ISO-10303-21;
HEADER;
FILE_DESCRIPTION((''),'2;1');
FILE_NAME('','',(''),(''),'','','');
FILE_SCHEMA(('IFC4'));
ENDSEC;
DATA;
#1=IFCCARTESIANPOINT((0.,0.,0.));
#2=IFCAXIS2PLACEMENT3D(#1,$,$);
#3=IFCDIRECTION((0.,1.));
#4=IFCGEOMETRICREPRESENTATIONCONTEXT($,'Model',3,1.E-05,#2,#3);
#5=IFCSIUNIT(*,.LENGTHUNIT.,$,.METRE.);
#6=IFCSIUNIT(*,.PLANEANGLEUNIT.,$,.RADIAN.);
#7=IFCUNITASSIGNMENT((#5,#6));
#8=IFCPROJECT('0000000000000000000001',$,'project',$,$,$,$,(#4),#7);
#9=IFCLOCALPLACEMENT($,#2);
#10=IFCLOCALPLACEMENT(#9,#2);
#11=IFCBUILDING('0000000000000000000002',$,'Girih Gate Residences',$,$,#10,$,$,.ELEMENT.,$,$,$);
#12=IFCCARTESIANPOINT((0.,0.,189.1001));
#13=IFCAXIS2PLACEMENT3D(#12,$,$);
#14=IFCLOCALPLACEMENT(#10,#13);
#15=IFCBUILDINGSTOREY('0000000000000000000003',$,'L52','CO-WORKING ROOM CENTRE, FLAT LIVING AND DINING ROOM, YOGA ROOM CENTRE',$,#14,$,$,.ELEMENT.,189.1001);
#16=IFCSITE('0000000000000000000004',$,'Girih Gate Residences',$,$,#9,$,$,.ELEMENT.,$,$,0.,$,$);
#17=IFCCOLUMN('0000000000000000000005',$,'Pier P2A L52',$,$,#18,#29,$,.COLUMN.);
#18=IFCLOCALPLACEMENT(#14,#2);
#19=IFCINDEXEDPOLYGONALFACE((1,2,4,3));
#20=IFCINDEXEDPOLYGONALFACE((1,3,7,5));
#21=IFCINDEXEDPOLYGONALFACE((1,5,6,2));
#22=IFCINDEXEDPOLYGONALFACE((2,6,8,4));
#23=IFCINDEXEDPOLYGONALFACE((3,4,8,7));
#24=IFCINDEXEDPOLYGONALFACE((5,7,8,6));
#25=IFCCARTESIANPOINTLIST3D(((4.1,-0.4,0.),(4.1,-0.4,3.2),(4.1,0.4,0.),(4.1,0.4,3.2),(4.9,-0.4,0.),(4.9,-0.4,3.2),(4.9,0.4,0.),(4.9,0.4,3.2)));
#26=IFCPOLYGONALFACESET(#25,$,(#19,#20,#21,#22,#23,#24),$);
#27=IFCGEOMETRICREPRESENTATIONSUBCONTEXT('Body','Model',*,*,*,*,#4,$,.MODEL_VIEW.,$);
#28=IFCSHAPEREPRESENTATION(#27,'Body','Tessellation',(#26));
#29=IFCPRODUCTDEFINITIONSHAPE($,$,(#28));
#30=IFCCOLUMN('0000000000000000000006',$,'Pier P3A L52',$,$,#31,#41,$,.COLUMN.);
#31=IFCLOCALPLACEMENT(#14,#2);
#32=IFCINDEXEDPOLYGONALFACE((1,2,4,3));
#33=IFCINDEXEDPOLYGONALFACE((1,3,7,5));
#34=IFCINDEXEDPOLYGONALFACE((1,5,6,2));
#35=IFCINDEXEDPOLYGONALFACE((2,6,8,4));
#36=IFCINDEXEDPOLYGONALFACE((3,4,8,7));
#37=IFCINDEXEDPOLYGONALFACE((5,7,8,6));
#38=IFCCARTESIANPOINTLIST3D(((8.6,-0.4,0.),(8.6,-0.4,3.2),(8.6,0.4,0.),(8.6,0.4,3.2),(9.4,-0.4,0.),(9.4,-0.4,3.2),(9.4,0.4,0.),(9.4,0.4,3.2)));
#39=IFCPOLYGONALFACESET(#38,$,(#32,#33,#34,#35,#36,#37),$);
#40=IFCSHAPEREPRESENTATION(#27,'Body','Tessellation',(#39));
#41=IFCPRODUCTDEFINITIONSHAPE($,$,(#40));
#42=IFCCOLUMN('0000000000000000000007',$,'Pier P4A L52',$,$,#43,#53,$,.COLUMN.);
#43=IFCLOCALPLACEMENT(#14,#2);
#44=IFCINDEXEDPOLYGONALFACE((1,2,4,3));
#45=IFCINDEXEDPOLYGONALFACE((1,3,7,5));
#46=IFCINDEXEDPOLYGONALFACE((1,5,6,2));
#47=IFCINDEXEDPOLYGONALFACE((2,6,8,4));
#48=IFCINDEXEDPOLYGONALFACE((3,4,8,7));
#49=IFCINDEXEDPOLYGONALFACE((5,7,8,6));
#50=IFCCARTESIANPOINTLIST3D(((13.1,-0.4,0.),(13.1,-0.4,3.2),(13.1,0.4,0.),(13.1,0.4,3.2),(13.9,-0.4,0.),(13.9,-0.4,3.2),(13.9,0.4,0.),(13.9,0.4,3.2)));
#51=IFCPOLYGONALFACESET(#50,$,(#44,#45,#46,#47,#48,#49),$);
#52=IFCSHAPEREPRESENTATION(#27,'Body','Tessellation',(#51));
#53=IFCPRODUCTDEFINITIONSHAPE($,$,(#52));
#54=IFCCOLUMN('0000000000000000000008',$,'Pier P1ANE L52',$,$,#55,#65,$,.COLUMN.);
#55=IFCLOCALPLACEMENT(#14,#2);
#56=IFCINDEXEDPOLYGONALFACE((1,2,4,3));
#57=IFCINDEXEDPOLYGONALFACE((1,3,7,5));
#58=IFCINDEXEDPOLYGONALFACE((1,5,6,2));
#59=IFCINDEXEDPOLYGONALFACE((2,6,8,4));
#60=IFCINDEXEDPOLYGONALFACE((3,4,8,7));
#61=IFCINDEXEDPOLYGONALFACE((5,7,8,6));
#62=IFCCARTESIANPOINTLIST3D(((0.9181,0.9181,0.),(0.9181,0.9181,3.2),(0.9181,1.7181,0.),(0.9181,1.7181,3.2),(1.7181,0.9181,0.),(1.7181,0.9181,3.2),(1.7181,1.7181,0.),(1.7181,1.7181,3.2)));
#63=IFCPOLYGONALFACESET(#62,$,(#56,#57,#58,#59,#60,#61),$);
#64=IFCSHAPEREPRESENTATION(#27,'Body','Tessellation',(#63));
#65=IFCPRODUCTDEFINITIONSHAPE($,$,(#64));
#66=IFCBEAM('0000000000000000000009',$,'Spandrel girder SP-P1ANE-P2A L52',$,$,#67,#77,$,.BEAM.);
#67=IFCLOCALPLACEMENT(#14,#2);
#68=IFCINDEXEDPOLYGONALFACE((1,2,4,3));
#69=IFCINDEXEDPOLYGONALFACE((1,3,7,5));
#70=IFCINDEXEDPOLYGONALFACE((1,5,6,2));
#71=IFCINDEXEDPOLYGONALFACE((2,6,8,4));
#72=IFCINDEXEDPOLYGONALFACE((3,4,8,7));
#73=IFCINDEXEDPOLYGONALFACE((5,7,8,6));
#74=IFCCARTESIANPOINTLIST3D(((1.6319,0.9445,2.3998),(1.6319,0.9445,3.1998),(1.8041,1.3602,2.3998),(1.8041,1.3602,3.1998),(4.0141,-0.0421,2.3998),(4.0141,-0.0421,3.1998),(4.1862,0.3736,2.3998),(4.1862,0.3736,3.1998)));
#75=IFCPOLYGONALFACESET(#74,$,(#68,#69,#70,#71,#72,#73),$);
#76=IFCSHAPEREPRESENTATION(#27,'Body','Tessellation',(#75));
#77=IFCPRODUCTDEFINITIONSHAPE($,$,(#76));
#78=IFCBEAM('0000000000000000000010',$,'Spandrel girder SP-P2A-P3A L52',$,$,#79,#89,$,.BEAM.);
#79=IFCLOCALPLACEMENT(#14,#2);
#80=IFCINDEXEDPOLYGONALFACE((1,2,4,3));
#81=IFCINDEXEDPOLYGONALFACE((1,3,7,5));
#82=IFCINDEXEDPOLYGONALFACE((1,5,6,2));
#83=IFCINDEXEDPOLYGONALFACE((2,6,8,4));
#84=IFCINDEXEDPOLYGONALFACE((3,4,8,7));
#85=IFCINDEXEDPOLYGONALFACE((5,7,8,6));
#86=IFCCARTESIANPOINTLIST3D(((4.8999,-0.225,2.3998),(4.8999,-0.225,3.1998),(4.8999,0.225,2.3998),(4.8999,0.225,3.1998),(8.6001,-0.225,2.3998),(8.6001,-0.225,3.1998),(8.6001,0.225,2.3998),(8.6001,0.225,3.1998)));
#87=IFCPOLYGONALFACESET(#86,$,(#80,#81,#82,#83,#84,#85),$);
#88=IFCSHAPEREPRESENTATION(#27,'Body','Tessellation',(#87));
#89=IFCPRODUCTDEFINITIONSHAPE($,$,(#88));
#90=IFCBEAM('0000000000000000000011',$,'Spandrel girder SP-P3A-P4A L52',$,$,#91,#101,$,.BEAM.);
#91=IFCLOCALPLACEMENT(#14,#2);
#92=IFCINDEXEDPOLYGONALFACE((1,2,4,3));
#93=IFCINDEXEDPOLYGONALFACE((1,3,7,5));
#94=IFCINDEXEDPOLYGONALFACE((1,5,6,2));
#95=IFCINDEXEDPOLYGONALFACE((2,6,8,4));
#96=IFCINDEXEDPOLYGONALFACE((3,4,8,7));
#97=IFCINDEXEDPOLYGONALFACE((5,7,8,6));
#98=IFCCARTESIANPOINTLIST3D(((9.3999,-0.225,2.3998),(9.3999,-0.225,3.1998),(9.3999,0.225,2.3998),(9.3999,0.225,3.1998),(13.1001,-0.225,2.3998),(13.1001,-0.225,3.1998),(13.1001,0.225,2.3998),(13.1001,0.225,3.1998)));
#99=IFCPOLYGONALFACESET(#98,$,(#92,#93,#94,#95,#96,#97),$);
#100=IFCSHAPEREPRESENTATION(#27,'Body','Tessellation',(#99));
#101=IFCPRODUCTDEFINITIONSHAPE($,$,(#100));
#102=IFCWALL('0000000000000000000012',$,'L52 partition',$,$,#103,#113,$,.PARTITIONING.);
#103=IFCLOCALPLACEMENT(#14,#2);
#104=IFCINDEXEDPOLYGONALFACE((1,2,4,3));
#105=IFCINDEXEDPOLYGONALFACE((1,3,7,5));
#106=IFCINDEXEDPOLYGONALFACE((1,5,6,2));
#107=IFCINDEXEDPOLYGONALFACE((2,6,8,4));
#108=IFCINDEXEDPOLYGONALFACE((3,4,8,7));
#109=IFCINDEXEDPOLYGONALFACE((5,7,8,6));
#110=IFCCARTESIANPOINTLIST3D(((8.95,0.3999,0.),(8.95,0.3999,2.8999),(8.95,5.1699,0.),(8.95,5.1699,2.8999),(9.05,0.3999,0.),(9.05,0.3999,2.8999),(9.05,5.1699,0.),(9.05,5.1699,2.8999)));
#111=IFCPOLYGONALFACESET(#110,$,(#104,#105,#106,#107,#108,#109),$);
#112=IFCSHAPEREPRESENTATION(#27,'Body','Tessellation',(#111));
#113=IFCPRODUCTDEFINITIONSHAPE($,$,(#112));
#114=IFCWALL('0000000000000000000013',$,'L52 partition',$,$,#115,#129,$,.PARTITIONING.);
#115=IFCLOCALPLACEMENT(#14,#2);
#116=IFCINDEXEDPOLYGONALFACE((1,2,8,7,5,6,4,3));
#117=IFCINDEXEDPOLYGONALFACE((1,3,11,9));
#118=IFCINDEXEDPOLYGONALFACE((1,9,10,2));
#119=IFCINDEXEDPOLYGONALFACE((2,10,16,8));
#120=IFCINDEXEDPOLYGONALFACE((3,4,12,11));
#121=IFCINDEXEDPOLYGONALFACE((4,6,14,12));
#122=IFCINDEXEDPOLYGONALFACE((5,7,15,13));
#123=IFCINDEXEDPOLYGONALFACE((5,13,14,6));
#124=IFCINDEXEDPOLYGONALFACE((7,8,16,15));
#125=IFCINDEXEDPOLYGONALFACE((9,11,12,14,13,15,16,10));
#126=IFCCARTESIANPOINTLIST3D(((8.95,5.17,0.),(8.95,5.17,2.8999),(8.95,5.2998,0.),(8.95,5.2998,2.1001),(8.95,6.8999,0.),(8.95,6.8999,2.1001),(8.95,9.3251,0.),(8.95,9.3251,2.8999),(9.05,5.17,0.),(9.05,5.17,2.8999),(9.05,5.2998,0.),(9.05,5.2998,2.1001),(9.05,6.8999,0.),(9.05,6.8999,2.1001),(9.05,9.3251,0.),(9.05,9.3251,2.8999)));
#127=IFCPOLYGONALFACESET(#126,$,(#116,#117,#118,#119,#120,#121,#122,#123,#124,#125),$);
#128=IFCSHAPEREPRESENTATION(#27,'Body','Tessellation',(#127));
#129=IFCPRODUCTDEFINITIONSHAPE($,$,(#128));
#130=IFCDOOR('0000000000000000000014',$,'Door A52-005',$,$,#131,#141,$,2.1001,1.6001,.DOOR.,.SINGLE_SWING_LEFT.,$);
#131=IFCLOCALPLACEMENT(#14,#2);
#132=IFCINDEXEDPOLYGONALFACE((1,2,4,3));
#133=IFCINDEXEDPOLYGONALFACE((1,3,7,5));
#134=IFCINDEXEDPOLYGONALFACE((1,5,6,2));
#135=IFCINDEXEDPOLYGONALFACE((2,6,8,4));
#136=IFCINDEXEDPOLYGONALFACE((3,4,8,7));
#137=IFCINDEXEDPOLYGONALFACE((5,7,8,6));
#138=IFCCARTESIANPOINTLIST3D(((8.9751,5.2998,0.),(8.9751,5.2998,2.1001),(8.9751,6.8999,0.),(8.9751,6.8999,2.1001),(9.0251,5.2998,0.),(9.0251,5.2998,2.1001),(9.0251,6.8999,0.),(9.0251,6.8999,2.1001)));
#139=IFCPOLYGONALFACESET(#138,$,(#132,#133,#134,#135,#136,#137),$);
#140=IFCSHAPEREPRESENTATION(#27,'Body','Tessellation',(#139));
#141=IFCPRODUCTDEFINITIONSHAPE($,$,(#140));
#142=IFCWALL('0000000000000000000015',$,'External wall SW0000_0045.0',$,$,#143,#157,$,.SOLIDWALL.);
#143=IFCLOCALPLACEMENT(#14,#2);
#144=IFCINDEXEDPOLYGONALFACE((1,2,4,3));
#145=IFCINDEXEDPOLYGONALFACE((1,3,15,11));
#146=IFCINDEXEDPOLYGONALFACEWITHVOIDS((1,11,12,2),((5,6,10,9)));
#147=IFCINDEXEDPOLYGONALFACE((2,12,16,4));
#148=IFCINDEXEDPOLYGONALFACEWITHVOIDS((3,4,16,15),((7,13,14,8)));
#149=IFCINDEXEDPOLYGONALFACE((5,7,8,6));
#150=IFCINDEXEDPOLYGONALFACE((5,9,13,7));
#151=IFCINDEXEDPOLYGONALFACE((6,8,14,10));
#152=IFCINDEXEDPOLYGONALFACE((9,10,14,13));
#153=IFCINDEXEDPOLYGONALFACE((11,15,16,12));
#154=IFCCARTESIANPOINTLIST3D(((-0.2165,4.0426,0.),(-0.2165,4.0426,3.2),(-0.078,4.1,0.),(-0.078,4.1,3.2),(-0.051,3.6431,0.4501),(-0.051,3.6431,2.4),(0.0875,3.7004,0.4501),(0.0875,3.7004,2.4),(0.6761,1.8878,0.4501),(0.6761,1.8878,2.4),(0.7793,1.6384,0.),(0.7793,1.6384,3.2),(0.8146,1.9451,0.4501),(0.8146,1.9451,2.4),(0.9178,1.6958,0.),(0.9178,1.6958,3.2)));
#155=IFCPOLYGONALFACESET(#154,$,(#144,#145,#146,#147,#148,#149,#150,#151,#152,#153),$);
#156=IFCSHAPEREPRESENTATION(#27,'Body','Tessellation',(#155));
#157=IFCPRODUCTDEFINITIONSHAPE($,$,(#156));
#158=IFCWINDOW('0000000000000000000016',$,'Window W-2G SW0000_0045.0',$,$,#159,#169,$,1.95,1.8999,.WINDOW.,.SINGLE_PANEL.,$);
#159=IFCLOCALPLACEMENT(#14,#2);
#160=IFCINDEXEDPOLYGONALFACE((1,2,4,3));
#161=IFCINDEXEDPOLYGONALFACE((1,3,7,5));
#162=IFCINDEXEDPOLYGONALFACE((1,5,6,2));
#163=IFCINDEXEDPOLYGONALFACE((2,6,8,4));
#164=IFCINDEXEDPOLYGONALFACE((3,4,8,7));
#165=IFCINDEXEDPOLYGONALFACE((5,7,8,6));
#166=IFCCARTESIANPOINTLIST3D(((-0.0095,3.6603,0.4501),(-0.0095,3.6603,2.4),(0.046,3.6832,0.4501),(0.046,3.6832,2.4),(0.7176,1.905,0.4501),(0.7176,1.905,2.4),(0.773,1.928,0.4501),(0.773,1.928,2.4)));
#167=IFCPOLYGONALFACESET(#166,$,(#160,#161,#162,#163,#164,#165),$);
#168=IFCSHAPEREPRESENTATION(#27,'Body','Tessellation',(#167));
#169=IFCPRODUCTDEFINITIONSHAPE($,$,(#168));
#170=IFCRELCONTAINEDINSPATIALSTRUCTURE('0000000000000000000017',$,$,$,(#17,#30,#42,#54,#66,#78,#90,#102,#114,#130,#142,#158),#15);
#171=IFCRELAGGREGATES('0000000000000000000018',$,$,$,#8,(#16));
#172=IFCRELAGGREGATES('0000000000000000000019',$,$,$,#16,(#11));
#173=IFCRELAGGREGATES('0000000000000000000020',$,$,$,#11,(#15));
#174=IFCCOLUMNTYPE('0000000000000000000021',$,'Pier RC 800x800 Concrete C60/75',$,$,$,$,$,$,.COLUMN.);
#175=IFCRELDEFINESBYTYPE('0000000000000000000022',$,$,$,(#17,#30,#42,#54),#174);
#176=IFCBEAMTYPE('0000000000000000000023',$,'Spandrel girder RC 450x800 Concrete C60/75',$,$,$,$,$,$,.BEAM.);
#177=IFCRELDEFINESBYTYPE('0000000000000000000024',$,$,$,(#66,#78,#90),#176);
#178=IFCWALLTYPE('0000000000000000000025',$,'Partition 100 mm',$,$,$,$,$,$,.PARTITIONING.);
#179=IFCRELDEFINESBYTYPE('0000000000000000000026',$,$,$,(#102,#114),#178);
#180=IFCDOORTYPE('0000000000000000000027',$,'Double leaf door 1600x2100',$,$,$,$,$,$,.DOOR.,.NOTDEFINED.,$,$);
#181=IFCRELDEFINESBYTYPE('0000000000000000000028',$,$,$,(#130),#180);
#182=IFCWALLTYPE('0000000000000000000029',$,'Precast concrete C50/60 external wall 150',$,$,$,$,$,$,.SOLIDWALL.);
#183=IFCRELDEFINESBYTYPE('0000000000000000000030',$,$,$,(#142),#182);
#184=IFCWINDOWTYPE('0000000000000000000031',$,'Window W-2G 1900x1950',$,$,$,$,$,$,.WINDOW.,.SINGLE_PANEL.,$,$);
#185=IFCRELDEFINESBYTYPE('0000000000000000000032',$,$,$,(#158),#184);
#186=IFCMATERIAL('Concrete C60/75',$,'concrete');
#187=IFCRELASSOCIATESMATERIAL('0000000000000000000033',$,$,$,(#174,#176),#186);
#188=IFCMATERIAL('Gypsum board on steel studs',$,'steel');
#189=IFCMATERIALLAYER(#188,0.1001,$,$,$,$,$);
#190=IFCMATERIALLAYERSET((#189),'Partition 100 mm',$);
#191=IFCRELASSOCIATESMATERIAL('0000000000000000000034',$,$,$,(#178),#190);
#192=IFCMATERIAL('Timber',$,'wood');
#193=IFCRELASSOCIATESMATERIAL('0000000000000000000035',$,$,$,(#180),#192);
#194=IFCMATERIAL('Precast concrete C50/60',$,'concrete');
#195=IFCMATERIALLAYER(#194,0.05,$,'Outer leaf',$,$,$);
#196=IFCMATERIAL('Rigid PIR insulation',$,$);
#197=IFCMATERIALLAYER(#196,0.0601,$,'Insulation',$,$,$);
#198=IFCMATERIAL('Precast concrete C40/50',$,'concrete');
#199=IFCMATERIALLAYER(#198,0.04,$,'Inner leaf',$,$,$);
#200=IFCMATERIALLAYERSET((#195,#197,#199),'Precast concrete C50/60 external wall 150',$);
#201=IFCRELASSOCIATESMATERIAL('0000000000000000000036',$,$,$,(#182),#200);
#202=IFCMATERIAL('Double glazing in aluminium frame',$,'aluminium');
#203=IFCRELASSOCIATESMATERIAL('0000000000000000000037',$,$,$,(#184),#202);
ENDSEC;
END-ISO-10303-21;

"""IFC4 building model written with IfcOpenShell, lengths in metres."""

from ifc_helpers import new_model, si_unit, direction, frame, frame_2d, origin, origin_2d, place, context, subcontext, project, spatial, rectangle, extrude, material, layer, layer_set, material_profile, profile_set, type_object, element, fill, save


model = new_model("IFC4")

# Units and contexts
model_context = context("Model", 3, precision=1e-05, world=origin(), true_north=direction((0.0, 1.0)))
body_context = subcontext(model_context, "Body", "Model", "MODEL_VIEW")
ifc_project = project(units=[si_unit("LENGTHUNIT", "METRE"), si_unit("PLANEANGLEUNIT", "RADIAN")], contexts=[model_context])

# Site, building, storey
site_placement = place(None, origin())
site = spatial("IfcSite", under=ifc_project, at=site_placement, Name="Girih Gate Residences", CompositionType="ELEMENT", RefElevation=0.0)
building_placement = place(site_placement, origin())
building = spatial("IfcBuilding", under=site, at=building_placement, Name="Girih Gate Residences", CompositionType="ELEMENT")
storey_placement = place(building_placement, frame((0.0, 0.0, 189.1001)))
storey = spatial("IfcBuildingStorey", under=building, at=storey_placement, Name="L52", Description="CO-WORKING ROOM CENTRE, FLAT LIVING AND DINING ROOM, YOGA ROOM CENTRE", CompositionType="ELEMENT", Elevation=189.1001)

# Columns
ifc_material_1 = material(Name="Concrete C60/75", Category="concrete")
ifc_material_profile_1 = material_profile(ifc_material_1, rectangle(XDim=0.8, YDim=0.8, at=origin_2d()))
ifc_profile_set_1 = profile_set([ifc_material_profile_1], Name="Concrete C60/75")
column_type = type_object("IfcColumnType", Name="Pier RC 800x800 Concrete C60/75", PredefinedType="COLUMN", material=ifc_profile_set_1)
for number, where, z_axis, x_axis, name in (
    (1, (4.5, 0.0, 0.0), (0.0, 0.0, 1.0), (1.0, 0.0, 0.0), "Pier P2A L52"),
    (2, (9.0, 0.0, 0.0), (0.0, 0.0, 1.0), (1.0, 0.0, 0.0), "Pier P3A L52"),
    (3, (13.5, 0.0, 0.0), (0.0, 0.0, 1.0), (1.0, 0.0, 0.0), "Pier P4A L52"),
    (4, (1.3181, 1.3181, 0.0), (0.0, 0.0, 1.0), (1.0, 0.0, 0.0), "Pier P1ANE L52"),
):
    element("IfcColumn", number, at=place(storey_placement, frame(where, z_axis=z_axis, x_axis=x_axis)), inside=storey, type_object=column_type, Name=name, PredefinedType="COLUMN", context=body_context, shape_type="SweptSolid", body=[
        extrude(rectangle(XDim=0.8, YDim=0.8, at=origin_2d()), origin(), (0.0, 0.0, 1.0), 3.2),
    ])

# Beams
ifc_material_profile_2 = material_profile(ifc_material_1, rectangle(XDim=0.45, YDim=0.8, at=origin_2d()))
ifc_profile_set_2 = profile_set([ifc_material_profile_2], Name="Concrete C60/75")
beam_type = type_object("IfcBeamType", Name="Spandrel girder RC 450x800 Concrete C60/75", PredefinedType="BEAM", material=ifc_profile_set_2)
beam_placement = place(storey_placement, frame((1.718, 1.1523, 2.7998), z_axis=(0.923896, -0.382644, 0.0), x_axis=(0.382644, 0.923896, 0.0)))
element("IfcBeam", 5, at=beam_placement, inside=storey, type_object=beam_type, Name="Spandrel girder SP-P1ANE-P2A L52", PredefinedType="BEAM", context=body_context, shape_type="SweptSolid", body=[
    extrude(rectangle(XDim=0.45, YDim=0.8, at=origin_2d()), origin(), (0.0, 0.0, 1.0), 2.5784),
])
for number, where, z_axis, x_axis, name in (
    (6, (4.8999, 0.0, 2.7998), (1.0, 0.0, 0.0), (0.0, 1.0, 0.0), "Spandrel girder SP-P2A-P3A L52"),
    (7, (9.3999, 0.0, 2.7998), (1.0, 0.0, 0.0), (0.0, 1.0, 0.0), "Spandrel girder SP-P3A-P4A L52"),
):
    element("IfcBeam", number, at=place(storey_placement, frame(where, z_axis=z_axis, x_axis=x_axis)), inside=storey, type_object=beam_type, Name=name, PredefinedType="BEAM", context=body_context, shape_type="SweptSolid", body=[
        extrude(rectangle(XDim=0.45, YDim=0.8, at=origin_2d()), origin(), (0.0, 0.0, 1.0), 3.7002),
    ])

# Wall
ifc_material_2 = material(Name="Gypsum board on steel studs", Category="steel")
ifc_layer_1 = layer(ifc_material_2, 0.1001)
ifc_layer_set_1 = layer_set([ifc_layer_1], Name="Partition 100 mm")
wall_type_1 = type_object("IfcWallType", Name="Partition 100 mm", PredefinedType="PARTITIONING", material=ifc_layer_set_1)
wall_1_placement = place(storey_placement, frame((9.0, 0.3999, 0.0), z_axis=(0.0, 0.0, 1.0), x_axis=(0.0, 1.0, 0.0)))
element("IfcWall", 8, at=wall_1_placement, inside=storey, type_object=wall_type_1, Name="L52 partition", PredefinedType="PARTITIONING", context=body_context, shape_type="SweptSolid", body=[
    extrude(rectangle(XDim=4.77, YDim=0.1001, at=frame_2d((2.385, 0.0))), origin(), (0.0, 0.0, 1.0), 2.8999),
])

# Wall, opening, door
wall_2_placement = place(storey_placement, frame((9.0, 5.1699, 0.0), z_axis=(0.0, 0.0, 1.0), x_axis=(0.0, 1.0, 0.0)))
wall_2 = element("IfcWall", 9, at=wall_2_placement, inside=storey, type_object=wall_type_1, Name="L52 partition", PredefinedType="PARTITIONING", context=body_context, shape_type="SweptSolid", body=[
    extrude(rectangle(XDim=4.155, YDim=0.1001, at=frame_2d((2.0776, 0.0))), origin(), (0.0, 0.0, 1.0), 2.8999),
])
opening_1_placement = place(wall_2_placement, frame((0.1299, 0.0, 0.0)))
opening_1 = element("IfcOpeningElement", 10, at=opening_1_placement, cuts=wall_2, PredefinedType="OPENING", context=body_context, shape_type="SweptSolid", body=[
    extrude(rectangle(XDim=1.6001, YDim=2.1001, at=frame_2d((0.8, 1.05))), frame((0.0, 0.0601, 0.0), z_axis=(0.0, -1.0, 0.0), x_axis=(1.0, 0.0, 0.0)), (0.0, 0.0, 1.0), 0.1201),
])
ifc_material_3 = material(Name="Timber", Category="wood")
door_type_1 = type_object("IfcDoorType", Name="Double leaf door 1600x2100", OperationType="NOTDEFINED", PredefinedType="DOOR", material=ifc_material_3)
door_1_placement = place(opening_1_placement, origin())
door_1 = element("IfcDoor", 11, at=door_1_placement, inside=storey, type_object=door_type_1, Name="Door A52-005", OperationType="SINGLE_SWING_LEFT", OverallHeight=2.1001, OverallWidth=1.6001, PredefinedType="DOOR", context=body_context, shape_type="SweptSolid", body=[
    extrude(rectangle(XDim=1.6001, YDim=2.1001, at=frame_2d((0.8, 1.05))), frame((0.0, 0.0249, 0.0), z_axis=(0.0, -1.0, 0.0), x_axis=(1.0, 0.0, 0.0)), (0.0, 0.0, 1.0), 0.05),
])
fill(opening_1, door_1)

# Wall, opening, window
ifc_material_4 = material(Name="Precast concrete C50/60", Category="concrete")
ifc_layer_2 = layer(ifc_material_4, 0.05, Name="Outer leaf")
ifc_material_5 = material(Name="Rigid PIR insulation")
ifc_layer_3 = layer(ifc_material_5, 0.0601, Name="Insulation")
ifc_material_6 = material(Name="Precast concrete C40/50", Category="concrete")
ifc_layer_4 = layer(ifc_material_6, 0.04, Name="Inner leaf")
ifc_layer_set_2 = layer_set([ifc_layer_2, ifc_layer_3, ifc_layer_4], Name="Precast concrete C50/60 external wall 150")
wall_type_2 = type_object("IfcWallType", Name="Precast concrete C50/60 external wall 150", PredefinedType="SOLIDWALL", material=ifc_layer_set_2)
wall_3_placement = place(storey_placement, frame((0.8486, 1.667, 0.0), z_axis=(0.0, 0.0, 1.0), x_axis=(-0.382669, 0.923885, 0.0)))
wall_3 = element("IfcWall", 12, at=wall_3_placement, inside=storey, type_object=wall_type_2, Name="External wall SW0000_0045.0", PredefinedType="SOLIDWALL", context=body_context, shape_type="SweptSolid", body=[
    extrude(rectangle(XDim=2.6023, YDim=0.1499, at=frame_2d((1.3013, 0.0))), origin(), (0.0, 0.0, 1.0), 3.2),
])
opening_2_placement = place(wall_3_placement, frame((0.27, 0.0, 0.45)))
opening_2 = element("IfcOpeningElement", 13, at=opening_2_placement, cuts=wall_3, PredefinedType="OPENING", context=body_context, shape_type="SweptSolid", body=[
    extrude(rectangle(XDim=1.8999, YDim=1.95, at=frame_2d((0.95, 0.9751))), frame((0.0, 0.085, 0.0), z_axis=(0.0, -1.0, 0.0), x_axis=(1.0, 0.0, 0.0)), (0.0, 0.0, 1.0), 0.1699),
])
ifc_material_7 = material(Name="Double glazing in aluminium frame", Category="aluminium")
window_type_1 = type_object("IfcWindowType", Name="Window W-2G 1900x1950", PartitioningType="SINGLE_PANEL", PredefinedType="WINDOW", material=ifc_material_7)
window_1_placement = place(opening_2_placement, origin())
window_1 = element("IfcWindow", 14, at=window_1_placement, inside=storey, type_object=window_type_1, Name="Window W-2G SW0000_0045.0", OverallHeight=1.95, OverallWidth=1.8999, PartitioningType="SINGLE_PANEL", PredefinedType="WINDOW", context=body_context, shape_type="SweptSolid", body=[
    extrude(rectangle(XDim=1.8999, YDim=1.95, at=frame_2d((0.95, 0.9751))), frame((0.0, 0.03, 0.0), z_axis=(0.0, -1.0, 0.0), x_axis=(1.0, 0.0, 0.0)), (0.0, 0.0, 1.0), 0.0601),
])
fill(opening_2, window_1)

save(model, "model.ifc")
